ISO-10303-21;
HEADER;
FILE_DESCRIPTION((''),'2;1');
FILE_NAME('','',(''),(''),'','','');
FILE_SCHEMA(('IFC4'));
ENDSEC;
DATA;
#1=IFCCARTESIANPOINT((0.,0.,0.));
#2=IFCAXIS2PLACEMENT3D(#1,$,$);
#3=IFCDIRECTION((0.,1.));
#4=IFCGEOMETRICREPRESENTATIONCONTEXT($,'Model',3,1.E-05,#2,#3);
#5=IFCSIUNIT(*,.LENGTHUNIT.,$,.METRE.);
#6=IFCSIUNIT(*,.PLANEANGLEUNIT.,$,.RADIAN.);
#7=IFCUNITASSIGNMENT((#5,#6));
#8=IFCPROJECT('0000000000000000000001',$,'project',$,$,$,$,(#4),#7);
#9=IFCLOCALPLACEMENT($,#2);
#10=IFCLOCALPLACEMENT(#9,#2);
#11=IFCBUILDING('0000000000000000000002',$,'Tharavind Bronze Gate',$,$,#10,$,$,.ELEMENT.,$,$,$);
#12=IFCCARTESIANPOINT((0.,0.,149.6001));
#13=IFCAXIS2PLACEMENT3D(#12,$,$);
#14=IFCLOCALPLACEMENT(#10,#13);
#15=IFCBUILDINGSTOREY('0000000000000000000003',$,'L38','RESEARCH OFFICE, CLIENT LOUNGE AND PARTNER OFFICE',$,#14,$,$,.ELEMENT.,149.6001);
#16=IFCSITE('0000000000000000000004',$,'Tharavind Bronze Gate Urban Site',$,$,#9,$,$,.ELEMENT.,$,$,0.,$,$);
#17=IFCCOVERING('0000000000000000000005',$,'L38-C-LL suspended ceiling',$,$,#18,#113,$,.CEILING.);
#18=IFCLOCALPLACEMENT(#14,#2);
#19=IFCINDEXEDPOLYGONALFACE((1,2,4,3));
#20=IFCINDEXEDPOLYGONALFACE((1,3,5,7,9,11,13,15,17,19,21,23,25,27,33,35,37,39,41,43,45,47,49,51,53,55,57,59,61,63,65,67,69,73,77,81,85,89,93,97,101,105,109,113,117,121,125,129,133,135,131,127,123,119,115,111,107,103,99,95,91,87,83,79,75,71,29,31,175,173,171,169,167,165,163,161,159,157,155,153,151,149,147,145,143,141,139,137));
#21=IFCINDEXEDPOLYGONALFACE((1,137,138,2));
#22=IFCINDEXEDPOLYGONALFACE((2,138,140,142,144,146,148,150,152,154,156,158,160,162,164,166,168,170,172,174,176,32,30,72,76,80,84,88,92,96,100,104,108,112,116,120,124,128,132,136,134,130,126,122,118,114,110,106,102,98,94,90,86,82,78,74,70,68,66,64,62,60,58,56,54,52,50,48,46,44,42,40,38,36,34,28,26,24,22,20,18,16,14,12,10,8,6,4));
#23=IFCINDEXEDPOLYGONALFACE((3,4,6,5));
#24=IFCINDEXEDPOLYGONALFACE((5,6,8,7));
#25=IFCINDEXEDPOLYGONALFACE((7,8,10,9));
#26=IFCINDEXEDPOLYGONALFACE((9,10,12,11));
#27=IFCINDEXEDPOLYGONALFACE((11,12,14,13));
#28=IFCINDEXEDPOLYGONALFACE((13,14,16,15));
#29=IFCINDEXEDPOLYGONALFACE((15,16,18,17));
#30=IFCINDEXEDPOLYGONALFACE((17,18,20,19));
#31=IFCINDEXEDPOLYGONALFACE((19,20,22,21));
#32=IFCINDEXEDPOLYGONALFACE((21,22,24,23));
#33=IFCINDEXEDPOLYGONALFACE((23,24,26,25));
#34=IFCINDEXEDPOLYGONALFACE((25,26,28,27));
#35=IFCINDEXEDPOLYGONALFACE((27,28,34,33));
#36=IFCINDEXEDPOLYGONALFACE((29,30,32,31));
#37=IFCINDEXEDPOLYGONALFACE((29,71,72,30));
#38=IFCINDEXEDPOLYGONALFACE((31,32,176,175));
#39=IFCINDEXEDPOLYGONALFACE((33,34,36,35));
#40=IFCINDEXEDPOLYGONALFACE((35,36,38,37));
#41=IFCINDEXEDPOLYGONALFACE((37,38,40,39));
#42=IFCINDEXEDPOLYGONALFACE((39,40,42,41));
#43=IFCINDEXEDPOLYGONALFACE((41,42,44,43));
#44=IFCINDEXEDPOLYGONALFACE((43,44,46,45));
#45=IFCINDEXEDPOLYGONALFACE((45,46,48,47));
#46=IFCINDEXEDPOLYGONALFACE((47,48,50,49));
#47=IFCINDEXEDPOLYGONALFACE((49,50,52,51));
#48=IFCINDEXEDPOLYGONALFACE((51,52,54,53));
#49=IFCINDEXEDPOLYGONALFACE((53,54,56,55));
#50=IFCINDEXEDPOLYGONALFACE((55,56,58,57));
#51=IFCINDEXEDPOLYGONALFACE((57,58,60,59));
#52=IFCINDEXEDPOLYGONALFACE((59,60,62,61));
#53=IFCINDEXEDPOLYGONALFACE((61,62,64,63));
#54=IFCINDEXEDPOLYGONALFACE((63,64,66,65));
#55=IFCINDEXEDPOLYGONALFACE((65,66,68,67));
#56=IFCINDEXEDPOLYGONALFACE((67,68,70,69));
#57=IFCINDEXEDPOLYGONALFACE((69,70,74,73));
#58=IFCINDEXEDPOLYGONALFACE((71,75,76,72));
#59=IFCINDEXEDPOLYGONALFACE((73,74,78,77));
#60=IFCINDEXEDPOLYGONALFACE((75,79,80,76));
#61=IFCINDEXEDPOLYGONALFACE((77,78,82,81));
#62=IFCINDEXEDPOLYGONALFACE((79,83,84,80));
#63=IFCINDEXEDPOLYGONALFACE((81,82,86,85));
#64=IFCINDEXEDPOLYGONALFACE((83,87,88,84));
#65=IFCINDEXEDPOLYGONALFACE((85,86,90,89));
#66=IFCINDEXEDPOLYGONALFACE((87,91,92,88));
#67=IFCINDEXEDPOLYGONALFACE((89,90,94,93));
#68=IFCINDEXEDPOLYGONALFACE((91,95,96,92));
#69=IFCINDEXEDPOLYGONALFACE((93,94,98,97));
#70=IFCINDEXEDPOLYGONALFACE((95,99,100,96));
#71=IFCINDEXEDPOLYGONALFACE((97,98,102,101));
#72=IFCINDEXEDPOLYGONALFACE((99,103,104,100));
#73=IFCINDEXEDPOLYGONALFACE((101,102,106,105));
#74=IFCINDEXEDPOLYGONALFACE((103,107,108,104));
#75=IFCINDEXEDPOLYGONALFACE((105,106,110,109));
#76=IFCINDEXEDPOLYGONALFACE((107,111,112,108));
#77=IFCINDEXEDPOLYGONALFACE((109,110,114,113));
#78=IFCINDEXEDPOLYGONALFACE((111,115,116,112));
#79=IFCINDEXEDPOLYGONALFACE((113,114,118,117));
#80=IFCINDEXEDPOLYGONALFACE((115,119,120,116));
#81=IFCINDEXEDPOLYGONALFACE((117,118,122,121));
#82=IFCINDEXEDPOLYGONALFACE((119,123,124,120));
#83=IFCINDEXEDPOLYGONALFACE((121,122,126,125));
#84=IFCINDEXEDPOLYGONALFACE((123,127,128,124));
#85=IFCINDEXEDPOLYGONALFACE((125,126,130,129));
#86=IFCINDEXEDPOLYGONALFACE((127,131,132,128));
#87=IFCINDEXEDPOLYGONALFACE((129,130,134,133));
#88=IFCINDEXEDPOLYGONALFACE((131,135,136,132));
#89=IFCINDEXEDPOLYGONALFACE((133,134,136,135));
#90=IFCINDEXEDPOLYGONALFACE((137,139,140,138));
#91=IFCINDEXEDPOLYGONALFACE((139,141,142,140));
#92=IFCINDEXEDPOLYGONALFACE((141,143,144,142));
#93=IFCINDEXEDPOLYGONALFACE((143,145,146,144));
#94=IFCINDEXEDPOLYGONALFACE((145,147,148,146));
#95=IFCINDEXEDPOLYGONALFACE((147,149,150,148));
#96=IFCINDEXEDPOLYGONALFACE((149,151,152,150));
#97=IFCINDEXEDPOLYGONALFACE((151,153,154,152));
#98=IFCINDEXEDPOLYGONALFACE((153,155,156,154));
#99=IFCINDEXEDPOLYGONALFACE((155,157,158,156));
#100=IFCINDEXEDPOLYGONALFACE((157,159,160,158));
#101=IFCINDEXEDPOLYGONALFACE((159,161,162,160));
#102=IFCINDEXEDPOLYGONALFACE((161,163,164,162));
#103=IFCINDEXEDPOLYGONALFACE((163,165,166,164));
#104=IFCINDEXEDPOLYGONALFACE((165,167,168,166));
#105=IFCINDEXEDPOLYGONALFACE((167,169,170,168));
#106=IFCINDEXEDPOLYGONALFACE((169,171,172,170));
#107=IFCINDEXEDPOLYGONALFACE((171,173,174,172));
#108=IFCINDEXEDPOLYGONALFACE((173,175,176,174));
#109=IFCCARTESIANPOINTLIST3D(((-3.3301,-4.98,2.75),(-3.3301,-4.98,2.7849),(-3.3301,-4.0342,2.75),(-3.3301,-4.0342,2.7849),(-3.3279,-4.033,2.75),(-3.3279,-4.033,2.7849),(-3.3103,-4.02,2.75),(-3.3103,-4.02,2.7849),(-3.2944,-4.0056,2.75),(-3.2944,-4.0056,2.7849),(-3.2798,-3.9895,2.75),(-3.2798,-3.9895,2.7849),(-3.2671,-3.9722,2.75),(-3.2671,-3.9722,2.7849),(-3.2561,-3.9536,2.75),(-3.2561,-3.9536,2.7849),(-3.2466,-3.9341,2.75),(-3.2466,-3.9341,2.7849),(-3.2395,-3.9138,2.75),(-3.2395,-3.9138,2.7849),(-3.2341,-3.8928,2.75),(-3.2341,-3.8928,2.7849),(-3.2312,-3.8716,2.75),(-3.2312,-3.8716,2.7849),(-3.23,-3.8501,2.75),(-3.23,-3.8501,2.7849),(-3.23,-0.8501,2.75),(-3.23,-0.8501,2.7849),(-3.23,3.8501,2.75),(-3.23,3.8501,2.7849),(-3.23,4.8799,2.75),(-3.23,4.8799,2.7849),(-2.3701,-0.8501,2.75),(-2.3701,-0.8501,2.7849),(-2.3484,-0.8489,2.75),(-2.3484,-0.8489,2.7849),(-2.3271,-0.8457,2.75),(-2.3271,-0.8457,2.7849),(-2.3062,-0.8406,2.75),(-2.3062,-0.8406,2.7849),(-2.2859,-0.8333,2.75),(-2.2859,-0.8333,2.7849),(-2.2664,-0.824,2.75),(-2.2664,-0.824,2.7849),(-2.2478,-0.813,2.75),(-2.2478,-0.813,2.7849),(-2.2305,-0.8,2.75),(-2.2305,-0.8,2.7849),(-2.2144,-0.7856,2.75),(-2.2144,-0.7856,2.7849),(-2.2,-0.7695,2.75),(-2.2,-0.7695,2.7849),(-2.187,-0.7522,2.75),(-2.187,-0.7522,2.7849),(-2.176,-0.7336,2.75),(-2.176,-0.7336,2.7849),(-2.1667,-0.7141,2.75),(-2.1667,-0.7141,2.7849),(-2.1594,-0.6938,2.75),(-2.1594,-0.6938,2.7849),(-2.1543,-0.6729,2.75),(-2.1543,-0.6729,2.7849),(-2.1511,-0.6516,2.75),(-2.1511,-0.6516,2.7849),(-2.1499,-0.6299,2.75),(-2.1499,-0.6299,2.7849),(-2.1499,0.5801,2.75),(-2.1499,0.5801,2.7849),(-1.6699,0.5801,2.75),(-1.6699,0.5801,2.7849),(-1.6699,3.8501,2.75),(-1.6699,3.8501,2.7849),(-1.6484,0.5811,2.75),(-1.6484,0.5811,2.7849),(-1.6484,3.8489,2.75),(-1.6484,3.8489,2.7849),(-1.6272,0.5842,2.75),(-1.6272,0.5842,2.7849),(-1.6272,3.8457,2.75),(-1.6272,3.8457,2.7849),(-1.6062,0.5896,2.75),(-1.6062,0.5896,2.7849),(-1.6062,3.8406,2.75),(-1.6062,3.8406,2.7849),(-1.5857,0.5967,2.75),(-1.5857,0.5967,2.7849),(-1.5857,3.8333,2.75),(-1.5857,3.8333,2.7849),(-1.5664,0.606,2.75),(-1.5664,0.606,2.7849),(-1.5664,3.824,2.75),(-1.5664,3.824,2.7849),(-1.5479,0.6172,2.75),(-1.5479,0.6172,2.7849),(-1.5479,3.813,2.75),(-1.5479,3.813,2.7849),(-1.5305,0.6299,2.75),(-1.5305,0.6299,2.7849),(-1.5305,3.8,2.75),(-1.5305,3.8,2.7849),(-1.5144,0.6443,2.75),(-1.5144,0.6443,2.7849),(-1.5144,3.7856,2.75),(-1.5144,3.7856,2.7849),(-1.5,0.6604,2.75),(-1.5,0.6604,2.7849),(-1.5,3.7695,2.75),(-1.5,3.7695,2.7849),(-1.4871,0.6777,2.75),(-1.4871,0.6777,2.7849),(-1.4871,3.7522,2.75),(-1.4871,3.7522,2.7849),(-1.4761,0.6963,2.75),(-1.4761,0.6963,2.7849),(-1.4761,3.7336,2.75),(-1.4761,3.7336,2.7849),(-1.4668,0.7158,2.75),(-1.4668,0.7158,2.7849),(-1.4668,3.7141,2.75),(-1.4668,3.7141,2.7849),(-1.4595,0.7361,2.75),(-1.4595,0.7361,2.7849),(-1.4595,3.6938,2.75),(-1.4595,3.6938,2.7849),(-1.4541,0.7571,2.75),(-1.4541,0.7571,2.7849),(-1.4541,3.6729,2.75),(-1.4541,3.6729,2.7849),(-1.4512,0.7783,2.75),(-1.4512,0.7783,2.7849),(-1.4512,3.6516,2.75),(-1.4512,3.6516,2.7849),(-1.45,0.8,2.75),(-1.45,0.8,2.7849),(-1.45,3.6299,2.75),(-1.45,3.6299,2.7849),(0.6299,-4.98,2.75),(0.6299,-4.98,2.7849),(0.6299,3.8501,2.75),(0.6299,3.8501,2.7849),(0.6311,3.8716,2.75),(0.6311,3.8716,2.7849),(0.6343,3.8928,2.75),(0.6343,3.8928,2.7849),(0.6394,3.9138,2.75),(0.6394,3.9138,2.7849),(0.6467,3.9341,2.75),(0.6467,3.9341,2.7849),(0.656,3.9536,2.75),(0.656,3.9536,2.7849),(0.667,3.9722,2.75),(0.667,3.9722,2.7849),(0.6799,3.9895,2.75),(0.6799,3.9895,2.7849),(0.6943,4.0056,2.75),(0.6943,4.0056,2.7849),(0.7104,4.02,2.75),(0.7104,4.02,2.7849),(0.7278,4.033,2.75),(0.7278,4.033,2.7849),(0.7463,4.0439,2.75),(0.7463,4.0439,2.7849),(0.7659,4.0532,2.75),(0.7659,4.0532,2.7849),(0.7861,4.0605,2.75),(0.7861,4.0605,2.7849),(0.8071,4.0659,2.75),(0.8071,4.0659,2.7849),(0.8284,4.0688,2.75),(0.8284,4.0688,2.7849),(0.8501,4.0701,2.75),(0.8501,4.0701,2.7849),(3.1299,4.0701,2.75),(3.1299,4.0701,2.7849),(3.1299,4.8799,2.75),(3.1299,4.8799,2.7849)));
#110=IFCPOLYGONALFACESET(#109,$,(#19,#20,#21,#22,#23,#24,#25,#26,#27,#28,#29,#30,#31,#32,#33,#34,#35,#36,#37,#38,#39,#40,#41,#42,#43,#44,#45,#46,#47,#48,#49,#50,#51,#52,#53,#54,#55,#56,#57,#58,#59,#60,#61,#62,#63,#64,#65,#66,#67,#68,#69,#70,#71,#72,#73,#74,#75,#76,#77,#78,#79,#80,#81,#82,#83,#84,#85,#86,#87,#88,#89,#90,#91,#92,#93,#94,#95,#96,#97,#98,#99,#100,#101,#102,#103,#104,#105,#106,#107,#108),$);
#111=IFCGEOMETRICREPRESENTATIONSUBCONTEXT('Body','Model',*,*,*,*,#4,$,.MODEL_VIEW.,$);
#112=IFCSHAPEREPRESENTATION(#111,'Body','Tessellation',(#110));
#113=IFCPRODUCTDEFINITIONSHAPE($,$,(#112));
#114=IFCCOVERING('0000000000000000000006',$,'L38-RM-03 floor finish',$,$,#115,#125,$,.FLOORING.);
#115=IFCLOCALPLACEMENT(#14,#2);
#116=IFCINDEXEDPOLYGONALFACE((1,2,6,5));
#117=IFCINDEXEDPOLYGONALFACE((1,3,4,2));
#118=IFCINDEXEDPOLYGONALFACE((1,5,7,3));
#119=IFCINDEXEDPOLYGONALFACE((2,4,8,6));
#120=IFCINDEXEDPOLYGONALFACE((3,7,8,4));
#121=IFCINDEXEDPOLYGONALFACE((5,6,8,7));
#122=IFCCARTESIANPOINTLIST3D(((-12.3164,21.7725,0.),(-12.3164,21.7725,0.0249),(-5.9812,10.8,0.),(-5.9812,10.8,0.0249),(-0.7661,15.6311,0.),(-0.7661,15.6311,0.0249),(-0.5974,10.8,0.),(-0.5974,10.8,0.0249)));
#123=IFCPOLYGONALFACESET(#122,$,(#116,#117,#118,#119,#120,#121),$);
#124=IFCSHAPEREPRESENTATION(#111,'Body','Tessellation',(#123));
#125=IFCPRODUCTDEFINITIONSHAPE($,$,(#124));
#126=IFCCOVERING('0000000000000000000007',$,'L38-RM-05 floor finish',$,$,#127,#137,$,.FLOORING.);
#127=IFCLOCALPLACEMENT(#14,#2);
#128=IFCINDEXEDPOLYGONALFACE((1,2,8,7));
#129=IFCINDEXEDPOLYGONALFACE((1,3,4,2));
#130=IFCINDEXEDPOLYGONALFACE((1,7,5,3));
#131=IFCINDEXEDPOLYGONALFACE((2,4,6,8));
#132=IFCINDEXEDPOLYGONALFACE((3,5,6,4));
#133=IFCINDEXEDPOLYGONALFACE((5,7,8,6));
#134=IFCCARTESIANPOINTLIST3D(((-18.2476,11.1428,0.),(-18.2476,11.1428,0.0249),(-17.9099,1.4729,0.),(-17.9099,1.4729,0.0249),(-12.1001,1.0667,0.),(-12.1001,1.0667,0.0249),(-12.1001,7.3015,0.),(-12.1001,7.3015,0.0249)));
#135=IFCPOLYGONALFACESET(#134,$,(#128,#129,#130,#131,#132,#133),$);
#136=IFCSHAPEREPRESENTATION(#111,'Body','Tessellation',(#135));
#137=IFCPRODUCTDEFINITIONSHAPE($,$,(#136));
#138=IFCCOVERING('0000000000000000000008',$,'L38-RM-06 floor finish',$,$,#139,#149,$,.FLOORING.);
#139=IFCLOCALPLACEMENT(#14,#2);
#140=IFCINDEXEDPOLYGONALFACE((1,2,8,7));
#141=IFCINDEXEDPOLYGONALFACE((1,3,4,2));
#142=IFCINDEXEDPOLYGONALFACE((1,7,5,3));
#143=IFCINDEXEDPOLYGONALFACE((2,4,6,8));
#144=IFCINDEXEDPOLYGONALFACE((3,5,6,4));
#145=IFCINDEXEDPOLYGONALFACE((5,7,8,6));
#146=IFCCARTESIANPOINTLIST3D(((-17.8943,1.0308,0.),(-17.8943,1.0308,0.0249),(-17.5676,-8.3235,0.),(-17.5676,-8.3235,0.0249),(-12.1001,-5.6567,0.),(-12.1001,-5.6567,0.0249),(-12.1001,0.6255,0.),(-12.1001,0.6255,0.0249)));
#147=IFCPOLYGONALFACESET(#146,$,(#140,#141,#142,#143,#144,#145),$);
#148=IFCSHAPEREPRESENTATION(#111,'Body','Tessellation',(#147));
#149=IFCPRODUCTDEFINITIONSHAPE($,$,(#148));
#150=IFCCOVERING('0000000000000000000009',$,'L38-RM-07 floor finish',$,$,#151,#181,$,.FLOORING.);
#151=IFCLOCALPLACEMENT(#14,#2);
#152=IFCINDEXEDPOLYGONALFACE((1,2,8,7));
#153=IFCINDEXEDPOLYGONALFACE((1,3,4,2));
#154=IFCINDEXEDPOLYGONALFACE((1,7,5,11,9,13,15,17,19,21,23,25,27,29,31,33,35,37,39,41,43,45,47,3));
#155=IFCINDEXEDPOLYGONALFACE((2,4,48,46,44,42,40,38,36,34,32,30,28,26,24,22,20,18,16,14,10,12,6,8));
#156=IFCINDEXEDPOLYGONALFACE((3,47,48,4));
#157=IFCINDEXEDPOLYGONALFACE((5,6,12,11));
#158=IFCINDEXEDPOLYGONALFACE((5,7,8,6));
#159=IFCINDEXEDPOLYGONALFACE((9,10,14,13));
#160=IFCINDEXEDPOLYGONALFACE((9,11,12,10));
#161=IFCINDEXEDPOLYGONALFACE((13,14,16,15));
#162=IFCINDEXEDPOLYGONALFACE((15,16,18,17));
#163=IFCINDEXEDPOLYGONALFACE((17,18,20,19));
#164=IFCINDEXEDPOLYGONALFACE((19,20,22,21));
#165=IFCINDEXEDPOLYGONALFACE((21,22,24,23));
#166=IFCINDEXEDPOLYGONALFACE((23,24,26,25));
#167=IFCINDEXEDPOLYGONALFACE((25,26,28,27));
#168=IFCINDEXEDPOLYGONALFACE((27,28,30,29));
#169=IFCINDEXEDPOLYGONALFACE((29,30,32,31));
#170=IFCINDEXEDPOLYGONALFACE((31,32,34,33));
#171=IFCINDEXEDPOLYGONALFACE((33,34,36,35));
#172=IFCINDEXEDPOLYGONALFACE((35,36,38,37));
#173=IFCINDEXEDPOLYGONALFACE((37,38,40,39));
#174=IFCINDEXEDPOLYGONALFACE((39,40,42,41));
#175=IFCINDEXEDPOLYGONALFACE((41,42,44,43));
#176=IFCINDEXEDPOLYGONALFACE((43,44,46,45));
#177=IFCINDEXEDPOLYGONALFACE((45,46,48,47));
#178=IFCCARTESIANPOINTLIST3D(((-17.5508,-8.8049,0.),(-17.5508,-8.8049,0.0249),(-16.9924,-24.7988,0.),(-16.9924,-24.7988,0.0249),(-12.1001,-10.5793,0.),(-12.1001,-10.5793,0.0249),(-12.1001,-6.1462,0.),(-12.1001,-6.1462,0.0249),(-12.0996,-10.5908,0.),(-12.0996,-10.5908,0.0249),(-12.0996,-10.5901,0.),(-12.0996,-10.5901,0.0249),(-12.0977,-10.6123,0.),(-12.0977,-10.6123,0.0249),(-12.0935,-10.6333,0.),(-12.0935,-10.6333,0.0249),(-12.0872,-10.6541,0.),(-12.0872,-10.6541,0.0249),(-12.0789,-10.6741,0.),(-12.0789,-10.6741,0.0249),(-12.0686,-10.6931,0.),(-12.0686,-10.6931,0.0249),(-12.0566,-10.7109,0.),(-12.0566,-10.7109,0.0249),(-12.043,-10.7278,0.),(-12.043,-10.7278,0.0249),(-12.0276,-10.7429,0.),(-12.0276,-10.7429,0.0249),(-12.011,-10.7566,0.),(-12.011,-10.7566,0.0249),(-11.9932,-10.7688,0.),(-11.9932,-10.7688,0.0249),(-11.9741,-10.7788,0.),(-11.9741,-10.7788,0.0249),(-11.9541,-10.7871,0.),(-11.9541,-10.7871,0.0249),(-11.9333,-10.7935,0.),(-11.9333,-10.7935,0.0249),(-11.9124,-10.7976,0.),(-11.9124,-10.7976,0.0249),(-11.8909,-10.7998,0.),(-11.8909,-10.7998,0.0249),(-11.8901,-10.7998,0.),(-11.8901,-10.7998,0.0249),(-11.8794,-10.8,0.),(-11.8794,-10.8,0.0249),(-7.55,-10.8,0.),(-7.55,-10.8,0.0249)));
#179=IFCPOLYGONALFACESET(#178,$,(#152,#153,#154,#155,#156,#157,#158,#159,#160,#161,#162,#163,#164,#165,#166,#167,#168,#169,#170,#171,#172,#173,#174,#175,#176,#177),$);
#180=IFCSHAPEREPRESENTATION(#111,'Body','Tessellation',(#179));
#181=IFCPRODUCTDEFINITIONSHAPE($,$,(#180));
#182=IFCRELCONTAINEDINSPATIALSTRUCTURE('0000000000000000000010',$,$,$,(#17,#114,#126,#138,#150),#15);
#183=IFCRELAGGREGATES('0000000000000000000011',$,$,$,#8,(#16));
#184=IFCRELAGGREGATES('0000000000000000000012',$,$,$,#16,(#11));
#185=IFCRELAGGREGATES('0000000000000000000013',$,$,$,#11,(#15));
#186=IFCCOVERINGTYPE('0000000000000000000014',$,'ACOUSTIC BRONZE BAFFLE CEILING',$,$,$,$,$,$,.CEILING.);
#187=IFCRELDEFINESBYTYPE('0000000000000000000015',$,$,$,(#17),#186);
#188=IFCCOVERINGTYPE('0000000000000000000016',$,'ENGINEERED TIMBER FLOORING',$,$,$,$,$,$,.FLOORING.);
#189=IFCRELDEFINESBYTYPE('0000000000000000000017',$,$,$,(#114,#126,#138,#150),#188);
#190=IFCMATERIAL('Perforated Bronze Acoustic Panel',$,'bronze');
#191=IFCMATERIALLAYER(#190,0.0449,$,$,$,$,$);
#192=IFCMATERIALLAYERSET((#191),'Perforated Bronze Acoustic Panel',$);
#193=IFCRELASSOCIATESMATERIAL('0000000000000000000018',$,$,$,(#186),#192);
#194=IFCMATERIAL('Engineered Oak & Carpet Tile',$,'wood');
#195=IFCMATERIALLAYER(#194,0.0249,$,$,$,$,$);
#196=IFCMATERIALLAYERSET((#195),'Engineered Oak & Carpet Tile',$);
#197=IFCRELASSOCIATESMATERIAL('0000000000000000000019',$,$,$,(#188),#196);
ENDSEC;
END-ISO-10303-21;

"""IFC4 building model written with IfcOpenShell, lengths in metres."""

from ifc_helpers import new_model, si_unit, direction, frame, origin, place, context, subcontext, project, spatial, polyline, outline, extrude, material, layer, layer_set, type_object, element, save


model = new_model("IFC4")

# Units and contexts
model_context = context("Model", 3, precision=1e-05, world=origin(), true_north=direction((0.0, 1.0)))
body_context = subcontext(model_context, "Body", "Model", "MODEL_VIEW")
ifc_project = project(units=[si_unit("LENGTHUNIT", "METRE"), si_unit("PLANEANGLEUNIT", "RADIAN")], contexts=[model_context])

# Site, building, storey
site_placement = place(None, origin())
site = spatial("IfcSite", under=ifc_project, at=site_placement, Name="Tharavind Bronze Gate Urban Site", CompositionType="ELEMENT", RefElevation=0.0)
building_placement = place(site_placement, origin())
building = spatial("IfcBuilding", under=site, at=building_placement, Name="Tharavind Bronze Gate", CompositionType="ELEMENT")
storey_placement = place(building_placement, frame((0.0, 0.0, 149.6001)))
storey = spatial("IfcBuildingStorey", under=building, at=storey_placement, Name="L38", Description="RESEARCH OFFICE, CLIENT LOUNGE AND PARTNER OFFICE", CompositionType="ELEMENT", Elevation=149.6001)

# Coverings
ifc_material_1 = material(Name="Perforated Bronze Acoustic Panel", Category="bronze")
ifc_layer_1 = layer(ifc_material_1, 0.0449)
ifc_layer_set_1 = layer_set([ifc_layer_1], Name="Perforated Bronze Acoustic Panel")
covering_type_1 = type_object("IfcCoveringType", Name="ACOUSTIC BRONZE BAFFLE CEILING", PredefinedType="CEILING", material=ifc_layer_set_1)
covering_1_placement = place(storey_placement, frame((0.0, 0.0, 2.75)))
element("IfcCovering", 1, at=covering_1_placement, inside=storey, type_object=covering_type_1, Name="L38-C-LL suspended ceiling", PredefinedType="CEILING", context=body_context, shape_type="SweptSolid", body=[
    extrude(outline(polyline([(-3.3301, -4.98), (0.6299, -4.98), (0.6299, 3.8501), (0.6311, 3.8716), (0.6343, 3.8928), (0.6394, 3.9138), (0.6467, 3.9341), (0.656, 3.9536), (0.667, 3.9722), (0.6799, 3.9895), (0.6943, 4.0056), (0.7104, 4.02), (0.7278, 4.033), (0.7463, 4.0439), (0.7659, 4.0532), (0.7861, 4.0605), (0.8071, 4.0659), (0.8284, 4.0688), (0.8501, 4.0701), (3.1299, 4.0701), (3.1299, 4.8799), (-3.23, 4.8799), (-3.23, 3.8501), (-1.6699, 3.8501), (-1.6484, 3.8489), (-1.6272, 3.8457), (-1.6062, 3.8406), (-1.5857, 3.8333), (-1.5664, 3.824), (-1.5479, 3.813), (-1.5305, 3.8), (-1.5144, 3.7856), (-1.5, 3.7695), (-1.4871, 3.7522), (-1.4761, 3.7336), (-1.4668, 3.7141), (-1.4595, 3.6938), (-1.4541, 3.6729), (-1.4512, 3.6516), (-1.45, 3.6299), (-1.45, 0.8), (-1.4512, 0.7783), (-1.4541, 0.7571), (-1.4595, 0.7361), (-1.4668, 0.7158), (-1.4761, 0.6963), (-1.4871, 0.6777), (-1.5, 0.6604), (-1.5144, 0.6443), (-1.5305, 0.6299), (-1.5479, 0.6172), (-1.5664, 0.606), (-1.5857, 0.5967), (-1.6062, 0.5896), (-1.6272, 0.5842), (-1.6484, 0.5811), (-1.6699, 0.5801), (-2.1499, 0.5801), (-2.1499, -0.6299), (-2.1511, -0.6516), (-2.1543, -0.6729), (-2.1594, -0.6938), (-2.1667, -0.7141), (-2.176, -0.7336), (-2.187, -0.7522), (-2.2, -0.7695), (-2.2144, -0.7856), (-2.2305, -0.8), (-2.2478, -0.813), (-2.2664, -0.824), (-2.2859, -0.8333), (-2.3062, -0.8406), (-2.3271, -0.8457), (-2.3484, -0.8489), (-2.3701, -0.8501), (-3.23, -0.8501), (-3.23, -3.8501), (-3.2312, -3.8716), (-3.2341, -3.8928), (-3.2395, -3.9138), (-3.2466, -3.9341), (-3.2561, -3.9536), (-3.2671, -3.9722), (-3.2798, -3.9895), (-3.2944, -4.0056), (-3.3103, -4.02), (-3.3279, -4.033), (-3.3301, -4.0342), (-3.3301, -4.98)])), origin(), (0.0, 0.0, 1.0), 0.0349),
])
ifc_material_2 = material(Name="Engineered Oak & Carpet Tile", Category="wood")
ifc_layer_2 = layer(ifc_material_2, 0.0249)
ifc_layer_set_2 = layer_set([ifc_layer_2], Name="Engineered Oak & Carpet Tile")
covering_type_2 = type_object("IfcCoveringType", Name="ENGINEERED TIMBER FLOORING", PredefinedType="FLOORING", material=ifc_layer_set_2)
covering_2_placement = place(storey_placement, origin())
element("IfcCovering", 2, at=covering_2_placement, inside=storey, type_object=covering_type_2, Name="L38-RM-03 floor finish", PredefinedType="FLOORING", context=body_context, shape_type="SweptSolid", body=[
    extrude(outline(polyline([(-5.9812, 10.8), (-0.5974, 10.8), (-0.7661, 15.6311), (-12.3164, 21.7725), (-5.9812, 10.8)])), origin(), (0.0, 0.0, 1.0), 0.0249),
])
covering_3_placement = place(storey_placement, origin())
element("IfcCovering", 3, at=covering_3_placement, inside=storey, type_object=covering_type_2, Name="L38-RM-05 floor finish", PredefinedType="FLOORING", context=body_context, shape_type="SweptSolid", body=[
    extrude(outline(polyline([(-17.9099, 1.4729), (-12.1001, 1.0667), (-12.1001, 7.3015), (-18.2476, 11.1428), (-17.9099, 1.4729)])), origin(), (0.0, 0.0, 1.0), 0.0249),
])
covering_4_placement = place(storey_placement, origin())
element("IfcCovering", 4, at=covering_4_placement, inside=storey, type_object=covering_type_2, Name="L38-RM-06 floor finish", PredefinedType="FLOORING", context=body_context, shape_type="SweptSolid", body=[
    extrude(outline(polyline([(-17.5676, -8.3235), (-12.1001, -5.6567), (-12.1001, 0.6255), (-17.8943, 1.0308), (-17.5676, -8.3235)])), origin(), (0.0, 0.0, 1.0), 0.0249),
])
covering_5_placement = place(storey_placement, origin())
element("IfcCovering", 5, at=covering_5_placement, inside=storey, type_object=covering_type_2, Name="L38-RM-07 floor finish", PredefinedType="FLOORING", context=body_context, shape_type="SweptSolid", body=[
    extrude(outline(polyline([(-16.9924, -24.7988), (-7.55, -10.8), (-11.8794, -10.8), (-11.8901, -10.7998), (-11.8909, -10.7998), (-11.9124, -10.7976), (-11.9333, -10.7935), (-11.9541, -10.7871), (-11.9741, -10.7788), (-11.9932, -10.7688), (-12.011, -10.7566), (-12.0276, -10.7429), (-12.043, -10.7278), (-12.0566, -10.7109), (-12.0686, -10.6931), (-12.0789, -10.6741), (-12.0872, -10.6541), (-12.0935, -10.6333), (-12.0977, -10.6123), (-12.0996, -10.5908), (-12.0996, -10.5901), (-12.1001, -10.5793), (-12.1001, -6.1462), (-17.5508, -8.8049), (-16.9924, -24.7988)])), origin(), (0.0, 0.0, 1.0), 0.0249),
])

save(model, "model.ifc")
